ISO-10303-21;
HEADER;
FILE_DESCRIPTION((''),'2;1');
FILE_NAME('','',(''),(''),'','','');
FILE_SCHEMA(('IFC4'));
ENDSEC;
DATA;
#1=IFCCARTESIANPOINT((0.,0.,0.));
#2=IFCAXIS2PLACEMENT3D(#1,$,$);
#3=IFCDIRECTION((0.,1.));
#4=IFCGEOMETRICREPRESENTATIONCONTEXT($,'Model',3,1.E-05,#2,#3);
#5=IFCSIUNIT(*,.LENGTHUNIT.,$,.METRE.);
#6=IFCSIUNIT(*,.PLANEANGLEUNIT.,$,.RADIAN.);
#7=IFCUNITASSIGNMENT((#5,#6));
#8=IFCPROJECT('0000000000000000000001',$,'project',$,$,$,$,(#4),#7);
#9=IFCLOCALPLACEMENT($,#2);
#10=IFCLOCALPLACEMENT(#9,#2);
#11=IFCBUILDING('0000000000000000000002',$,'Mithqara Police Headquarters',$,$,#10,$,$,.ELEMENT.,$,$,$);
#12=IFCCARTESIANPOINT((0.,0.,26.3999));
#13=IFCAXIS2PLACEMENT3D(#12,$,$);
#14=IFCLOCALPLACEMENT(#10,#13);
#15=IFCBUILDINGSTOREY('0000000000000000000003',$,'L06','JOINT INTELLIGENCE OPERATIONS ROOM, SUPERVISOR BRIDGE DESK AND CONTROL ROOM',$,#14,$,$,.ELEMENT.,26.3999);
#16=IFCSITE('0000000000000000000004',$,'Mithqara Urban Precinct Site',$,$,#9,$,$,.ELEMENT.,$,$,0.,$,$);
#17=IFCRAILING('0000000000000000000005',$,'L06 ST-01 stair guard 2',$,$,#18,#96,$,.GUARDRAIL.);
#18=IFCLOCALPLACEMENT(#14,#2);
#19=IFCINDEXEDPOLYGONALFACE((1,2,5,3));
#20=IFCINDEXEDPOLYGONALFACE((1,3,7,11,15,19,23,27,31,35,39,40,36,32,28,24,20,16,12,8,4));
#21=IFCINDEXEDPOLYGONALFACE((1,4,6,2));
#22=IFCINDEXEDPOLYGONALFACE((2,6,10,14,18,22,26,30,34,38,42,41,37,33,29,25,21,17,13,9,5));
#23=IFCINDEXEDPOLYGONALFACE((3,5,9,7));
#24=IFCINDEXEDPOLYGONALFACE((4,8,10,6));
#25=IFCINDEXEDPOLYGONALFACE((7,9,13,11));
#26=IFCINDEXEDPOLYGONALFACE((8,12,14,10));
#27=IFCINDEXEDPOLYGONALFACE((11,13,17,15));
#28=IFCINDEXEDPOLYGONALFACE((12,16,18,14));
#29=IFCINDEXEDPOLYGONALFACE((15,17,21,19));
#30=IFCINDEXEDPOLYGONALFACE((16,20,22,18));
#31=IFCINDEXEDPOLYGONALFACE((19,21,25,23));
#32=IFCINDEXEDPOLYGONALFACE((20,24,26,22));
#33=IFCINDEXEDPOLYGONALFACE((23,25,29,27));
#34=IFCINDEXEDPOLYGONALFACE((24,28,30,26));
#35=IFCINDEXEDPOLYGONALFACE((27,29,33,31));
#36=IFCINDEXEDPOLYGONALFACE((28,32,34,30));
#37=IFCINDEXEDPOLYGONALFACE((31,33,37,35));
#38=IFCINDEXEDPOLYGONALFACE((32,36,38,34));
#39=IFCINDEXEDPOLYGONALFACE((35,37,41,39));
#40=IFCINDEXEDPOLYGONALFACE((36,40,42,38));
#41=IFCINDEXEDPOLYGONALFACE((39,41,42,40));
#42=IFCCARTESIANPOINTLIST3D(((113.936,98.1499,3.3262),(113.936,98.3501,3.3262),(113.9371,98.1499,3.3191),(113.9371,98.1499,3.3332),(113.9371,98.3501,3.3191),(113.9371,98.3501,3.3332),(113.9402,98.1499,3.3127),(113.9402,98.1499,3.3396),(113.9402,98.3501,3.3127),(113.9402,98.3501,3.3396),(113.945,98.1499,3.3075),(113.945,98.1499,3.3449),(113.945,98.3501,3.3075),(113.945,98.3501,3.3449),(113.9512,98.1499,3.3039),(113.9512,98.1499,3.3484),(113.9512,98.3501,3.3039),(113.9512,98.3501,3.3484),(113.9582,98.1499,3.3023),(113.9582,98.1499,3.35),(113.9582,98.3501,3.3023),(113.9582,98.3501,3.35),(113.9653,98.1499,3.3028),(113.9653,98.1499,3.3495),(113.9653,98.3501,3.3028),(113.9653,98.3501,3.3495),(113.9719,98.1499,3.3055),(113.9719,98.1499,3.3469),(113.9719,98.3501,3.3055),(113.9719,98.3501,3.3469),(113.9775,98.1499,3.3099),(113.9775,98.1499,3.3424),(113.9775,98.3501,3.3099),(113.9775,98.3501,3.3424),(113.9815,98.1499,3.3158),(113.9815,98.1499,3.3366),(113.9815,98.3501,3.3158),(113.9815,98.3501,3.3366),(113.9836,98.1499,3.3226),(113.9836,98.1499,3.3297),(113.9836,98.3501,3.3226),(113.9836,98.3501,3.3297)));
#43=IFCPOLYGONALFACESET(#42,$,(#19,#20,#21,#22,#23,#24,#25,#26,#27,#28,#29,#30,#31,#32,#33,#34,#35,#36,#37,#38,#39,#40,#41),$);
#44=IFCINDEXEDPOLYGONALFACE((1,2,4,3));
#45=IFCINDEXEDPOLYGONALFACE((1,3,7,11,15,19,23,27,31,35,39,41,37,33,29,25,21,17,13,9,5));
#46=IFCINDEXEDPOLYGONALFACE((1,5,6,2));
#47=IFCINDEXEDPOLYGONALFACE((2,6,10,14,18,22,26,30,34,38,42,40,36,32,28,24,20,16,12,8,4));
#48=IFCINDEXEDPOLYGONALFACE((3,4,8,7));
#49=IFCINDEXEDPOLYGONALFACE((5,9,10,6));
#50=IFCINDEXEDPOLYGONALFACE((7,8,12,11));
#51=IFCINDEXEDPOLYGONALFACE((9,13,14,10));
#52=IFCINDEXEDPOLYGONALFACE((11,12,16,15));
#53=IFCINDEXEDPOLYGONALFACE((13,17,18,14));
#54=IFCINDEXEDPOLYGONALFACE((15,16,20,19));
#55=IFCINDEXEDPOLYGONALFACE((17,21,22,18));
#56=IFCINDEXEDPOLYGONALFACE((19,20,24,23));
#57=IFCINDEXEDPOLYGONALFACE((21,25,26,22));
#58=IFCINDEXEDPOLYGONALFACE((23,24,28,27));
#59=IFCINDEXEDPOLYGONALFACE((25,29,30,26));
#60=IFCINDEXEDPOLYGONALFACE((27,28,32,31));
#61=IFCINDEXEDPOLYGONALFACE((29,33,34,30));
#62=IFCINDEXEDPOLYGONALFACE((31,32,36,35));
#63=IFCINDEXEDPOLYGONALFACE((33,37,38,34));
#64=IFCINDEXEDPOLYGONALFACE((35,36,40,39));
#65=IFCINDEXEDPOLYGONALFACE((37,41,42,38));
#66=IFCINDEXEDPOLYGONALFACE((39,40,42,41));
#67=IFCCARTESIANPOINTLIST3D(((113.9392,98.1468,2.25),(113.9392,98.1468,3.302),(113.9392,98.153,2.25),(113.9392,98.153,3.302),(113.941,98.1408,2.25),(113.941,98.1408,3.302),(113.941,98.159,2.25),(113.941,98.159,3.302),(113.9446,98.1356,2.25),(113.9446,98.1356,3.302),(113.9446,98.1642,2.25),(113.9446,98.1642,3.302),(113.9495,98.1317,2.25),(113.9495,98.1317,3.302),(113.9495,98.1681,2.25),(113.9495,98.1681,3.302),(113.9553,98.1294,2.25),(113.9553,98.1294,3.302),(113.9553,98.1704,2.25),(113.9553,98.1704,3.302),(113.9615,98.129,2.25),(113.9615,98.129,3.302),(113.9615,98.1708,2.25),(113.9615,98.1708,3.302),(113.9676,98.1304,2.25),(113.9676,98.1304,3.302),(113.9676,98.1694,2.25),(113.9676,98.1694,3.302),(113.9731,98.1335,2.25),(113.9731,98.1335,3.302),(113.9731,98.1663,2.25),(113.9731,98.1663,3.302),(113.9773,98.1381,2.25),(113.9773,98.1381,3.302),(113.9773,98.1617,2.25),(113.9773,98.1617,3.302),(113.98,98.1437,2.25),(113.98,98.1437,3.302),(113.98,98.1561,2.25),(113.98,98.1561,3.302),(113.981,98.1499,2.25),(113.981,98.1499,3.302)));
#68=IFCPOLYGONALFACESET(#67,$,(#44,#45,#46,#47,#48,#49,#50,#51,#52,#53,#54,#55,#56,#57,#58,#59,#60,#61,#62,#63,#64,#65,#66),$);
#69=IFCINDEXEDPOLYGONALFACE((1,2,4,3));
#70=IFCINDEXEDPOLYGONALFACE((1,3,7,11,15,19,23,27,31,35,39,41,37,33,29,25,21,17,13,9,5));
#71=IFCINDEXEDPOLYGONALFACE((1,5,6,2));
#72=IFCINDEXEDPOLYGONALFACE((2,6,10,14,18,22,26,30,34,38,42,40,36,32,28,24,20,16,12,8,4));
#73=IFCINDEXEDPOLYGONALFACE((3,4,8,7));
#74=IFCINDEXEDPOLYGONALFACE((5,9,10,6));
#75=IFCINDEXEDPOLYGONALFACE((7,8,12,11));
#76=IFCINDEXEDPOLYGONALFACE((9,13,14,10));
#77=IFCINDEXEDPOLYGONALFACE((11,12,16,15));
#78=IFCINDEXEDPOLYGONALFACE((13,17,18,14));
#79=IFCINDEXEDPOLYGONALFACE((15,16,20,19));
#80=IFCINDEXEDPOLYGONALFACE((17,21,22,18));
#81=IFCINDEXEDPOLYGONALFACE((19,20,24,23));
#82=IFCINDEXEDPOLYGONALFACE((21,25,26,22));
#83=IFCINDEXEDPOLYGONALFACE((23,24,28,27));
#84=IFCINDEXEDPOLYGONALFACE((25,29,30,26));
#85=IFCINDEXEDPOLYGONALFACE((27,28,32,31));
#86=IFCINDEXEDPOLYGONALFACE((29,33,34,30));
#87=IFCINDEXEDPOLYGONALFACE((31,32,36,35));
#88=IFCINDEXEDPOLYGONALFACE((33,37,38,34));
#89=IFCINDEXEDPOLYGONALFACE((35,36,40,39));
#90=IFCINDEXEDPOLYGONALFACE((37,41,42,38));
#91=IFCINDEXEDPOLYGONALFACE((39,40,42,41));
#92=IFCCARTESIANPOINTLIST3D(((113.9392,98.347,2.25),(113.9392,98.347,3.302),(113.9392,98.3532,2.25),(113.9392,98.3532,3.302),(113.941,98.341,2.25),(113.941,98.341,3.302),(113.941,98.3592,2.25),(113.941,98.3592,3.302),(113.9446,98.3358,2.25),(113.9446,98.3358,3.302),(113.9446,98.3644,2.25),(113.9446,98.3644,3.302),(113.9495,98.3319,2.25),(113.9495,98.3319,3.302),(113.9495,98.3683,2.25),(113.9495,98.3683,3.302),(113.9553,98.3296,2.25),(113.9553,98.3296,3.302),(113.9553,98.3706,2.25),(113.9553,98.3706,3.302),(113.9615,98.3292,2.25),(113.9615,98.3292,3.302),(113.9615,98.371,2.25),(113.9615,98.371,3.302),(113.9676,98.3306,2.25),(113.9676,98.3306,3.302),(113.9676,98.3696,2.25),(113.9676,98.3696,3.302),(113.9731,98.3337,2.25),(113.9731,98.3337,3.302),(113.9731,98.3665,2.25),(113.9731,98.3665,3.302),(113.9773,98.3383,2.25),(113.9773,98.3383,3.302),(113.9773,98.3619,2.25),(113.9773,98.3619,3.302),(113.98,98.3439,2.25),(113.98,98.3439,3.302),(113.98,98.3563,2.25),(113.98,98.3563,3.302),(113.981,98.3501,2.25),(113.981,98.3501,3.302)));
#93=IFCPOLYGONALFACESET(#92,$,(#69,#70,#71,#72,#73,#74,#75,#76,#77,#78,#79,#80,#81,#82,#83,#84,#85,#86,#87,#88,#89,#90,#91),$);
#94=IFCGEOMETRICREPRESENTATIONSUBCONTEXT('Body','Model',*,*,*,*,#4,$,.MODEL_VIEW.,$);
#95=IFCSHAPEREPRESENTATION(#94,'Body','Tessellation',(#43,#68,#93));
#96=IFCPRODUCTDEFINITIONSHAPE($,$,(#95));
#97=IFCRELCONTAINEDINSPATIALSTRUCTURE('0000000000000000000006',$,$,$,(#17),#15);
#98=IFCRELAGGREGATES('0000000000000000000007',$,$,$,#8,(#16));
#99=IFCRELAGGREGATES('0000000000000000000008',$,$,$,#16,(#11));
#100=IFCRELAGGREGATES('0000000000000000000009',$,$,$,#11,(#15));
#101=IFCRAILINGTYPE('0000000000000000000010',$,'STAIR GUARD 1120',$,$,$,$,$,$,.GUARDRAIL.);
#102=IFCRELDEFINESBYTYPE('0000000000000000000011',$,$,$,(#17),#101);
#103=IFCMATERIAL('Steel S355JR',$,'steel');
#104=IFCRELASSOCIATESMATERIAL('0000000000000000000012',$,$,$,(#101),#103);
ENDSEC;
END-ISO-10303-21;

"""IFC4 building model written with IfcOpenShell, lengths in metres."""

from ifc_helpers import new_model, si_unit, direction, frame, origin, origin_2d, place, context, subcontext, project, spatial, circle, extrude, material, type_object, element, save


model = new_model("IFC4")

# Units and contexts
model_context = context("Model", 3, precision=1e-05, world=origin(), true_north=direction((0.0, 1.0)))
body_context = subcontext(model_context, "Body", "Model", "MODEL_VIEW")
ifc_project = project(units=[si_unit("LENGTHUNIT", "METRE"), si_unit("PLANEANGLEUNIT", "RADIAN")], contexts=[model_context])

# Site, building, storey
site_placement = place(None, origin())
site = spatial("IfcSite", under=ifc_project, at=site_placement, Name="Mithqara Urban Precinct Site", CompositionType="ELEMENT", RefElevation=0.0)
building_placement = place(site_placement, origin())
building = spatial("IfcBuilding", under=site, at=building_placement, Name="Mithqara Police Headquarters", CompositionType="ELEMENT")
storey_placement = place(building_placement, frame((0.0, 0.0, 26.3999)))
storey = spatial("IfcBuildingStorey", under=building, at=storey_placement, Name="L06", Description="JOINT INTELLIGENCE OPERATIONS ROOM, SUPERVISOR BRIDGE DESK AND CONTROL ROOM", CompositionType="ELEMENT", Elevation=26.3999)

# Shared definitions
ifc_material_1 = material(Name="Steel S355JR", Category="steel")

# Railing
railing_type_1 = type_object("IfcRailingType", Name="STAIR GUARD 1120", PredefinedType="GUARDRAIL", material=ifc_material_1)
railing_1_placement = place(storey_placement, frame((113.96, 98.1499, 2.25)))
element("IfcRailing", 1, at=railing_1_placement, inside=storey, type_object=railing_type_1, Name="L06 ST-01 stair guard 2", PredefinedType="GUARDRAIL", context=body_context, shape_type="SweptSolid", body=[
    extrude(circle(Radius=0.0239, at=origin_2d()), frame((0.0, 0.0, 1.0762), z_axis=(0.0, 1.0, 0.0), x_axis=(-1.0, 0.0, 0.0)), (0.0, 0.0, 1.0), 0.2002),
    extrude(circle(Radius=0.021, at=origin_2d()), origin(), (0.0, 0.0, 1.0), 1.052),
    extrude(circle(Radius=0.021, at=origin_2d()), frame((0.0, 0.2002, 0.0)), (0.0, 0.0, 1.0), 1.052),
])

save(model, "model.ifc")
